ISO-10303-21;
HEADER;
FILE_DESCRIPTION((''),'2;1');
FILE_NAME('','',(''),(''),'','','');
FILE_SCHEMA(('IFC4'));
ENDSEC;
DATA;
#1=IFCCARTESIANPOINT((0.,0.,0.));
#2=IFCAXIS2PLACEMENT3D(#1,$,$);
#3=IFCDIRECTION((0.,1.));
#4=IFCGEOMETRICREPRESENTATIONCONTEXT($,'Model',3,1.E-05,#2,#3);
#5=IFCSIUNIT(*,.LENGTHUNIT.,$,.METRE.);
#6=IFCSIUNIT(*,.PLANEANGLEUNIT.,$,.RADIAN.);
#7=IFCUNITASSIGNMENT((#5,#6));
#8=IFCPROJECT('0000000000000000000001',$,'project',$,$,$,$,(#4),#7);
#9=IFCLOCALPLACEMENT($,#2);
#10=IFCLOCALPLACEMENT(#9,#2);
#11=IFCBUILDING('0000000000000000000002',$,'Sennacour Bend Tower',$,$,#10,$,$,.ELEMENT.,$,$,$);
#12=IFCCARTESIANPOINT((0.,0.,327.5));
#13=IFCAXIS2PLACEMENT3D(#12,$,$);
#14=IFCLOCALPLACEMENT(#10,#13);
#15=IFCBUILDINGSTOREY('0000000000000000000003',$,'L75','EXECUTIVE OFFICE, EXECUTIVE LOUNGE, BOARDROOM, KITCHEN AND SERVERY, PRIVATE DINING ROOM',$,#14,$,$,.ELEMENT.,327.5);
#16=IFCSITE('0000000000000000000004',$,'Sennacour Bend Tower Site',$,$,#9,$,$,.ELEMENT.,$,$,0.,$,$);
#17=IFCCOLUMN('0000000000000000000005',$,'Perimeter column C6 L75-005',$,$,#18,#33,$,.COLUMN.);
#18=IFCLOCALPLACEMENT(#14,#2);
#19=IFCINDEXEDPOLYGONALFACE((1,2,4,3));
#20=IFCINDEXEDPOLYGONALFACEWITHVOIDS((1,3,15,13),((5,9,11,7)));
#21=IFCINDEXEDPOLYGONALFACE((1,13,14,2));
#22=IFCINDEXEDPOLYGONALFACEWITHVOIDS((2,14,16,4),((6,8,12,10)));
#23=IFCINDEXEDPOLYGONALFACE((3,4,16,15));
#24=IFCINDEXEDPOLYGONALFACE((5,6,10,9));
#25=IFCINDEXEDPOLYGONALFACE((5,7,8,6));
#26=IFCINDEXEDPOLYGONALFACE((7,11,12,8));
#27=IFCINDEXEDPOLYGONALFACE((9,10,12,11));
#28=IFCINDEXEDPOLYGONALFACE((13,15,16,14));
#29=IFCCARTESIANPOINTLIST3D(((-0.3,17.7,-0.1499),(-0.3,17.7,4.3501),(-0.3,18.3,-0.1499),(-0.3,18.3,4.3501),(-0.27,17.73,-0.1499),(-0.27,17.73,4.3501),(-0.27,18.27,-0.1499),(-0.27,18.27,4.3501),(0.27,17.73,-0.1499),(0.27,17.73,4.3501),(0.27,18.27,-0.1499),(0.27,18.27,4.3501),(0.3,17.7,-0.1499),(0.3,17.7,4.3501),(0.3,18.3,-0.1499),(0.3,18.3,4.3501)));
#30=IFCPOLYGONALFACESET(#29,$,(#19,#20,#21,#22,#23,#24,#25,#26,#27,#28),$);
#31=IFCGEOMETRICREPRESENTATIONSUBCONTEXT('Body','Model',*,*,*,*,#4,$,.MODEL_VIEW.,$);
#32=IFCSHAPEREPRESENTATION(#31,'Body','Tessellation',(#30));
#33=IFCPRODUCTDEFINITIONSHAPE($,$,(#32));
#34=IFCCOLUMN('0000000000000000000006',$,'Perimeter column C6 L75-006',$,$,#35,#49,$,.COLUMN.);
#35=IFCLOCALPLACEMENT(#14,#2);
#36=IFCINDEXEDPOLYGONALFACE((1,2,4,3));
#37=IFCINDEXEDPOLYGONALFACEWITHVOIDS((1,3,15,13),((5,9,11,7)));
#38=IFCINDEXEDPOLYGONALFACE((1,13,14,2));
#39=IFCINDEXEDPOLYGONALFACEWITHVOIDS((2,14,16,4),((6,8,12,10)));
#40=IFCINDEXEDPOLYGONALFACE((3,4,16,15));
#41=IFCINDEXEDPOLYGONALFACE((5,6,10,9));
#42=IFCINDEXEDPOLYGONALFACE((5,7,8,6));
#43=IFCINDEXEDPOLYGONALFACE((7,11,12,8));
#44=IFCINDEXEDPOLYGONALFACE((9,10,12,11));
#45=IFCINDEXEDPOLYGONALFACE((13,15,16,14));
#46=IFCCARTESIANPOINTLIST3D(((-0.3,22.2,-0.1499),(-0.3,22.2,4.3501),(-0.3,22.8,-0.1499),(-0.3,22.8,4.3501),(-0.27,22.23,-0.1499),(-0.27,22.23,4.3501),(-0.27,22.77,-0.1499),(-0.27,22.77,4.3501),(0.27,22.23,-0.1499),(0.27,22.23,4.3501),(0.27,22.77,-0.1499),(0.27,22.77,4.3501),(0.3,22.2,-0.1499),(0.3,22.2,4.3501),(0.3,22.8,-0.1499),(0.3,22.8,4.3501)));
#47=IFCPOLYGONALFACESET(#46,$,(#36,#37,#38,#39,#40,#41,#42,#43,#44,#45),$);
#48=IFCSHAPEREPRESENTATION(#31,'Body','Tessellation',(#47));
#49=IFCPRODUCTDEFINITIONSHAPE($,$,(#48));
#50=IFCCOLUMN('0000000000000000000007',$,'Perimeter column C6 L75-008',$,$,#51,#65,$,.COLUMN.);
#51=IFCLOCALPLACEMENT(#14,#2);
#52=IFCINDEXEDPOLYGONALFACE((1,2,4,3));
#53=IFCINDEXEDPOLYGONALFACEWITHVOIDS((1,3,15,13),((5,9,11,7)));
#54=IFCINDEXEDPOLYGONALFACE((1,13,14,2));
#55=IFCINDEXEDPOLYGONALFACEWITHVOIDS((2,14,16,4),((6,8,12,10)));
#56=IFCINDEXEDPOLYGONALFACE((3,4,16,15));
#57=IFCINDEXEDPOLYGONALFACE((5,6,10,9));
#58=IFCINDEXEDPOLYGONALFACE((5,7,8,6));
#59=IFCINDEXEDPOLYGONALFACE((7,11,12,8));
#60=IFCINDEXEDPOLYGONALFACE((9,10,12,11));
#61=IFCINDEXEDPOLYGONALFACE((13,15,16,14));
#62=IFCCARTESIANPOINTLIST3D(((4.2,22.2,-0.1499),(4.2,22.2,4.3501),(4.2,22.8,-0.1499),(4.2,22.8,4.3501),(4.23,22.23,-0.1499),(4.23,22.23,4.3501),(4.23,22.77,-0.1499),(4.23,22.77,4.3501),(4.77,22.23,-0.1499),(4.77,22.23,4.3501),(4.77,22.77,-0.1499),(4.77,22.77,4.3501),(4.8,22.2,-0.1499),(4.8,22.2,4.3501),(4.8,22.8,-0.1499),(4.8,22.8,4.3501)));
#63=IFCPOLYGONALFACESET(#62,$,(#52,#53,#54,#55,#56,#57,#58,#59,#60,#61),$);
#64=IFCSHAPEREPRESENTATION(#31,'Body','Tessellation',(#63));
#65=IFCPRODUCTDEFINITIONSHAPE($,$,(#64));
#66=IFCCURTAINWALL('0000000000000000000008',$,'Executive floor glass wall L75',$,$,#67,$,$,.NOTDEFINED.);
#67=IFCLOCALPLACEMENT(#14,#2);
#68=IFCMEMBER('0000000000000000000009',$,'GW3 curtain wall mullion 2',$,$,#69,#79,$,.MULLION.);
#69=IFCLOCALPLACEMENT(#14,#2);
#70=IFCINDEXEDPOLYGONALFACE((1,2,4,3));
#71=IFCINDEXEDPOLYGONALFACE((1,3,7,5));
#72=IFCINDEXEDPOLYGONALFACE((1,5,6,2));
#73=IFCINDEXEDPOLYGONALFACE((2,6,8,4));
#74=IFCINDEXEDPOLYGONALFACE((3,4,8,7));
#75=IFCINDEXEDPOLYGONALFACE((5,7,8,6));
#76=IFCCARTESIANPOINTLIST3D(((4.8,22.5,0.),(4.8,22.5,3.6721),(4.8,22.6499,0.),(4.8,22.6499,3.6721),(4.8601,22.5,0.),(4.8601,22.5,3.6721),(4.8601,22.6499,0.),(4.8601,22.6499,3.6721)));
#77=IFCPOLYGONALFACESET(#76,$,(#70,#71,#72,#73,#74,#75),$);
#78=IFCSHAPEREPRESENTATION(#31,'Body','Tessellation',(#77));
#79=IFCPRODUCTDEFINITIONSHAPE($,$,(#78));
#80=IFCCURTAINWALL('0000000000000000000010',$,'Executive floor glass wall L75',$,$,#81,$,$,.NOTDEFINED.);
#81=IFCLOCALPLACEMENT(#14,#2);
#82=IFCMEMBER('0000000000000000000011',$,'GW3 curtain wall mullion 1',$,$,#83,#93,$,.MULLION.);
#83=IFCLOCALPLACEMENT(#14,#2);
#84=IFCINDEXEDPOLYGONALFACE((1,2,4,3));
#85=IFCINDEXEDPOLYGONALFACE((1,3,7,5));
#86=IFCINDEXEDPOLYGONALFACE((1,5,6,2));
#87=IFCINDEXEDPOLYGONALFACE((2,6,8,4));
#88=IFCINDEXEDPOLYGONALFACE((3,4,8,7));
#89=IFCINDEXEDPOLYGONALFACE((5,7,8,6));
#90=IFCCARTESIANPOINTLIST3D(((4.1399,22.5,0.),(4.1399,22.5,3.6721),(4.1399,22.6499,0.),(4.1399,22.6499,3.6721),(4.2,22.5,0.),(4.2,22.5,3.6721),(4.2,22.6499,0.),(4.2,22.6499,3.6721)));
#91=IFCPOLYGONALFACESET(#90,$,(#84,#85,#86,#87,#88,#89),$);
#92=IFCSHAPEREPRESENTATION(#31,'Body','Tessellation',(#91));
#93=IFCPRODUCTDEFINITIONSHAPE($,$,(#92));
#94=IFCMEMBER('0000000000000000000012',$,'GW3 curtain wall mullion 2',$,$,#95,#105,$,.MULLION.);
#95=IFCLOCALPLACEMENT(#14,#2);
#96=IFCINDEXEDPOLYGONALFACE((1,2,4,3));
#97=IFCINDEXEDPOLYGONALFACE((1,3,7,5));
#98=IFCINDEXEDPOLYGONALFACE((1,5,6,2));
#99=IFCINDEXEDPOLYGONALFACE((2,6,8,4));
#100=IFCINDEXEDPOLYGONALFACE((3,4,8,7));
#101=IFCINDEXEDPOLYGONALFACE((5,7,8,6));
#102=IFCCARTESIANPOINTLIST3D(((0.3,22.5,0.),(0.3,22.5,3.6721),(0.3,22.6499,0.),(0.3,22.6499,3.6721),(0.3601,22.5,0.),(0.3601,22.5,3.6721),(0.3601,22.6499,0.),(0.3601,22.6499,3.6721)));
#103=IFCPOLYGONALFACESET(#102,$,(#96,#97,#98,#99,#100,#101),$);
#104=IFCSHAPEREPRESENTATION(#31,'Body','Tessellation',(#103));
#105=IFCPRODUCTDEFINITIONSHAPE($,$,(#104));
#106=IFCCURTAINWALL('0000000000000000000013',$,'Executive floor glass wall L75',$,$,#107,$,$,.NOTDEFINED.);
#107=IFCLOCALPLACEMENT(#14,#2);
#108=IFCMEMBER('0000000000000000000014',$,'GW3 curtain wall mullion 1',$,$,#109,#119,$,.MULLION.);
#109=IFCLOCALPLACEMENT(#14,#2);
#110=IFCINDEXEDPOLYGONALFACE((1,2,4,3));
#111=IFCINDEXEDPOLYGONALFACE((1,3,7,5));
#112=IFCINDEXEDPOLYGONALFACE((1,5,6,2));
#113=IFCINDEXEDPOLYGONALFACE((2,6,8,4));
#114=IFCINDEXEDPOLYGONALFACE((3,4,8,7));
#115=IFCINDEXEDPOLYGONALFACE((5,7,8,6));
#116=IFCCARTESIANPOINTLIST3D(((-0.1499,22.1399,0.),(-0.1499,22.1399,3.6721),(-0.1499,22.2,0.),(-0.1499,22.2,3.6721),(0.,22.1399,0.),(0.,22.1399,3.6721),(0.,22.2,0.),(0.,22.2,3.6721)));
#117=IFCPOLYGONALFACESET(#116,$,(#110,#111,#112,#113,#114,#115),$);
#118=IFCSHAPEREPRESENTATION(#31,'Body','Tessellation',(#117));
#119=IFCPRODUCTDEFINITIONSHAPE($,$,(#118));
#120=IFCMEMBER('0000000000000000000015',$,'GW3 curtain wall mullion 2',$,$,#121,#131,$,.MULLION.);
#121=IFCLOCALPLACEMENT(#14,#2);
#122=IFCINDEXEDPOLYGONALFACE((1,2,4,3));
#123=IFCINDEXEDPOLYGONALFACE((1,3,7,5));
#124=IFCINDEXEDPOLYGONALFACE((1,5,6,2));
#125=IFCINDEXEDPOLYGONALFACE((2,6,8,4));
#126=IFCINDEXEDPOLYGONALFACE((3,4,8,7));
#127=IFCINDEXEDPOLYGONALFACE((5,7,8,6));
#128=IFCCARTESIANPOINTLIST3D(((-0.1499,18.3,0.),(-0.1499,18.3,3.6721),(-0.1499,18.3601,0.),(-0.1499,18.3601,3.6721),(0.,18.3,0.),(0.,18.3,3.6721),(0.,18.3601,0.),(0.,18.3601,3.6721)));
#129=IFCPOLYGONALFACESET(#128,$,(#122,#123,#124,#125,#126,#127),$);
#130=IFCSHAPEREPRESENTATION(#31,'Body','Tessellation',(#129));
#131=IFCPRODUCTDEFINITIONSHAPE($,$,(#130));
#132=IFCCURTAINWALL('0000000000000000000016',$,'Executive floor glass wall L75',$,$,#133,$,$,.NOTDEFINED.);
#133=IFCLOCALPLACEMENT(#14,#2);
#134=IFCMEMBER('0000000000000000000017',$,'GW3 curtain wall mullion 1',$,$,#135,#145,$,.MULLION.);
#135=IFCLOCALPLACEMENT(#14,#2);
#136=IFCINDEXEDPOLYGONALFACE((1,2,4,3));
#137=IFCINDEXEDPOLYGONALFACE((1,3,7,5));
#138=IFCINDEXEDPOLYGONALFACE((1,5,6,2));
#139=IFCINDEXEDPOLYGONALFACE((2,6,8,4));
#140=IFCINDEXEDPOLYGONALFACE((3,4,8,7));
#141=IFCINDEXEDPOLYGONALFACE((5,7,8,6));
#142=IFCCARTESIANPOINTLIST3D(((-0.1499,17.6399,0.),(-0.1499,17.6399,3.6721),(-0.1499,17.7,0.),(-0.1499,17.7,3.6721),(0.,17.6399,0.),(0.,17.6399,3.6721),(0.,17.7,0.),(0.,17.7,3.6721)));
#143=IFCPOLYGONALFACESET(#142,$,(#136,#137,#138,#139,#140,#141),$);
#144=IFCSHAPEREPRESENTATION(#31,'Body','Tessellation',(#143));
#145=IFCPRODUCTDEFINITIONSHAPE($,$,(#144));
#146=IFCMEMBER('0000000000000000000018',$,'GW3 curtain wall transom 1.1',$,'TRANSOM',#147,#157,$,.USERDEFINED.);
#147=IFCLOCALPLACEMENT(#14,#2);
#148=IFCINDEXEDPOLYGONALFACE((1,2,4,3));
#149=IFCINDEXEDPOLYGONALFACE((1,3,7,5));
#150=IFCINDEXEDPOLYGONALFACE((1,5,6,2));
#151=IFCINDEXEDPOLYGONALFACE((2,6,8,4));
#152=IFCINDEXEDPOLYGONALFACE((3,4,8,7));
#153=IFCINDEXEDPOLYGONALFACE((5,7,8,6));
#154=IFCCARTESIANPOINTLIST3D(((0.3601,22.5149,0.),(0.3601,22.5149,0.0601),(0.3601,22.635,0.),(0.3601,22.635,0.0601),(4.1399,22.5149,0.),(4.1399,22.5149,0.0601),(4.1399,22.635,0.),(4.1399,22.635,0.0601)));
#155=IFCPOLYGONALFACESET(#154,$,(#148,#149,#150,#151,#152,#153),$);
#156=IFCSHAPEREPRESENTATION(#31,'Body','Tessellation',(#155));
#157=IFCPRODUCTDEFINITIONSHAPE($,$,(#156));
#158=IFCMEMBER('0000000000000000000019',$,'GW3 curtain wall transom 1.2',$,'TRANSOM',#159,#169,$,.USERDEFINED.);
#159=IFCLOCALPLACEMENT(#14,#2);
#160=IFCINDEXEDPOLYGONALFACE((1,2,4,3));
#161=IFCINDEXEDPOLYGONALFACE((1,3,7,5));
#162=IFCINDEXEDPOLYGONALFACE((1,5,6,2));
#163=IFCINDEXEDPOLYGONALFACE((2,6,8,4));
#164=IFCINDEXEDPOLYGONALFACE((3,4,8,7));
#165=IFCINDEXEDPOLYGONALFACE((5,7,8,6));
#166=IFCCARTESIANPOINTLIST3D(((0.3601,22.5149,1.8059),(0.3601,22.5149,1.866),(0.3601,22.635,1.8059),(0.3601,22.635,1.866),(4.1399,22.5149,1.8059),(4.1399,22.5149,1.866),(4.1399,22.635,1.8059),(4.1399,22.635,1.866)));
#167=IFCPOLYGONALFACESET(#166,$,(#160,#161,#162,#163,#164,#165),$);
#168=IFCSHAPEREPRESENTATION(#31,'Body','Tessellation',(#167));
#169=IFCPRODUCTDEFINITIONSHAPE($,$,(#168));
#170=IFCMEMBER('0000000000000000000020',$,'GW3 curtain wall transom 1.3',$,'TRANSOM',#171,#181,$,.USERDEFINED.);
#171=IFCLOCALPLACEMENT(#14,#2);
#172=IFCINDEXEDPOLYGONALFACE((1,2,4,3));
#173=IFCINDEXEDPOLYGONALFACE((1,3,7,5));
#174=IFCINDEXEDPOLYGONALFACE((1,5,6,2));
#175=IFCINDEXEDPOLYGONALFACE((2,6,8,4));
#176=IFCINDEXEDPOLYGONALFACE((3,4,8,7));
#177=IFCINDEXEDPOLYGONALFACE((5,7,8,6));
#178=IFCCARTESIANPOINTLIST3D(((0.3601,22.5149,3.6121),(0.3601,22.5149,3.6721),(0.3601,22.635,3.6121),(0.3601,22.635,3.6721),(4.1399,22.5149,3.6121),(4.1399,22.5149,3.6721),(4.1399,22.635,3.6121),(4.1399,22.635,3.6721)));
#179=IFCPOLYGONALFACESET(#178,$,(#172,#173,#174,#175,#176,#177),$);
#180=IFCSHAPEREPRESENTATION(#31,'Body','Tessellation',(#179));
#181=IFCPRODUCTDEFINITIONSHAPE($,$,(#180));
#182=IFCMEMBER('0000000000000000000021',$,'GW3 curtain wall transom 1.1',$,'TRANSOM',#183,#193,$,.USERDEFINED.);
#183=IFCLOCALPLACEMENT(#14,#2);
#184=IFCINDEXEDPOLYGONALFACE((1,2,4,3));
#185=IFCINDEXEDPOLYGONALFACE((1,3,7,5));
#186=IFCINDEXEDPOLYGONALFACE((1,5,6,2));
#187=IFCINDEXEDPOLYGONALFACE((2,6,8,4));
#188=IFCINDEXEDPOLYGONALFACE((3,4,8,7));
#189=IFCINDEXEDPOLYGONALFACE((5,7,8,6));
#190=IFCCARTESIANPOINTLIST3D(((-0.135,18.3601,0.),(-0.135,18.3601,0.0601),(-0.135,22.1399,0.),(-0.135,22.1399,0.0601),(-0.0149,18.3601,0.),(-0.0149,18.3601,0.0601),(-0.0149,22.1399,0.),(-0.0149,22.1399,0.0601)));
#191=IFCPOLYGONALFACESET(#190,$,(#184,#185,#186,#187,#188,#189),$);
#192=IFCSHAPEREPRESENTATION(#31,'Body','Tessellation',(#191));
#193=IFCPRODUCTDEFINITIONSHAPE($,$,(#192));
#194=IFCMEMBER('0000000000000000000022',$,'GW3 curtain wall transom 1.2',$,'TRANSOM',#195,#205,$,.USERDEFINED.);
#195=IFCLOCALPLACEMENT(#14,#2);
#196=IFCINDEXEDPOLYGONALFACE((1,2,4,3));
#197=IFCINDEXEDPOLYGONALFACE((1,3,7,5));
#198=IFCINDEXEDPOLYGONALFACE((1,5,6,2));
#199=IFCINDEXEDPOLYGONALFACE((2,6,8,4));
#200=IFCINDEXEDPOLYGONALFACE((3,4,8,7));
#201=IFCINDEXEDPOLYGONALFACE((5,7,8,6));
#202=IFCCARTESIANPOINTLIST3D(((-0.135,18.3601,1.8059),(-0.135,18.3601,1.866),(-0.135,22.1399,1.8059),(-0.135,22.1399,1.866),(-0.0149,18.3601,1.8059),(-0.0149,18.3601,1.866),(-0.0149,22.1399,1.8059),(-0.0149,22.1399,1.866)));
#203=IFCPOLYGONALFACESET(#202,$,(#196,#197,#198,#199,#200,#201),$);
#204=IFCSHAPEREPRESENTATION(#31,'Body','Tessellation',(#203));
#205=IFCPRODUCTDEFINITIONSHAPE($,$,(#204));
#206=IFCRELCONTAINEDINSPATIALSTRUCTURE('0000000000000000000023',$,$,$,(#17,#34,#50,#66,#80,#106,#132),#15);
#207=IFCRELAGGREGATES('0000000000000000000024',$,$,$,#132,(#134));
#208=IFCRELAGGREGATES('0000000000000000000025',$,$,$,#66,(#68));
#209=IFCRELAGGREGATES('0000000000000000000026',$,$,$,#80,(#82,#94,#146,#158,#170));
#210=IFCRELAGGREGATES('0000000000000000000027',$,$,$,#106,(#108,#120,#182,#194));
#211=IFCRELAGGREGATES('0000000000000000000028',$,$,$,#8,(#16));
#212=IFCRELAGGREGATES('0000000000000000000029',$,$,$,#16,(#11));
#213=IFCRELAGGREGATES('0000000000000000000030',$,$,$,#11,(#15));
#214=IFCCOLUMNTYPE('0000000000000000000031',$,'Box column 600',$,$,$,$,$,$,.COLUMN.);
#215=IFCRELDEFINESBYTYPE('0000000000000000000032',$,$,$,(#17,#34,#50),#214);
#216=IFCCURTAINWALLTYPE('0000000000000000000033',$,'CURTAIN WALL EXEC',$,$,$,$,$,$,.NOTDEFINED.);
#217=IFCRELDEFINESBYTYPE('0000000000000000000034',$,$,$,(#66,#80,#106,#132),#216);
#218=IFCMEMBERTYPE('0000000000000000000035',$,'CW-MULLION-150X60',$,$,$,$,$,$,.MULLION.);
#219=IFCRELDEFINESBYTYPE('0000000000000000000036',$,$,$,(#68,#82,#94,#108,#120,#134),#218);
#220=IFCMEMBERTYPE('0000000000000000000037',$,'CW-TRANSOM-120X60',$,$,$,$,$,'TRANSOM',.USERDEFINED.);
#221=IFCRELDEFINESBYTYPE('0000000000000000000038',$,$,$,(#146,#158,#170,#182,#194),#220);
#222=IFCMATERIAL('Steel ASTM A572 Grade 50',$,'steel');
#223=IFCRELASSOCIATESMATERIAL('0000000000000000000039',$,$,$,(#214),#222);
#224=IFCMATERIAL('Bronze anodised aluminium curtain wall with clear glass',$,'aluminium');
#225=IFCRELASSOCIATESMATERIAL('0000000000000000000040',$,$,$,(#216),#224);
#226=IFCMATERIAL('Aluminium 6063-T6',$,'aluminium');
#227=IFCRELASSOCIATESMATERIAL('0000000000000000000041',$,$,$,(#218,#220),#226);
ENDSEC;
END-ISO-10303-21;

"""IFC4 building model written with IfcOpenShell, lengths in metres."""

from ifc_helpers import new_model, si_unit, direction, frame, origin, origin_2d, place, context, subcontext, project, spatial, rectangle, hollow_rectangle, extrude, material, material_profile, profile_set, type_object, element, aggregate, save


model = new_model("IFC4")

# Units and contexts
model_context = context("Model", 3, precision=1e-05, world=origin(), true_north=direction((0.0, 1.0)))
body_context = subcontext(model_context, "Body", "Model", "MODEL_VIEW")
ifc_project = project(units=[si_unit("LENGTHUNIT", "METRE"), si_unit("PLANEANGLEUNIT", "RADIAN")], contexts=[model_context])

# Site, building, storey
site_placement = place(None, origin())
site = spatial("IfcSite", under=ifc_project, at=site_placement, Name="Sennacour Bend Tower Site", CompositionType="ELEMENT", RefElevation=0.0)
building_placement = place(site_placement, origin())
building = spatial("IfcBuilding", under=site, at=building_placement, Name="Sennacour Bend Tower", CompositionType="ELEMENT")
storey_placement = place(building_placement, frame((0.0, 0.0, 327.5)))
storey = spatial("IfcBuildingStorey", under=building, at=storey_placement, Name="L75", Description="EXECUTIVE OFFICE, EXECUTIVE LOUNGE, BOARDROOM, KITCHEN AND SERVERY, PRIVATE DINING ROOM", CompositionType="ELEMENT", Elevation=327.5)

# Columns
ifc_material_1 = material(Name="Steel ASTM A572 Grade 50", Category="steel")
ifc_material_profile_1 = material_profile(ifc_material_1, hollow_rectangle(XDim=0.6001, YDim=0.6001, WallThickness=0.03, at=origin_2d()), Name="Steel ASTM A572 Grade 50", Category="steel")
ifc_profile_set_1 = profile_set([ifc_material_profile_1], Name="Steel ASTM A572 Grade 50")
column_type = type_object("IfcColumnType", Name="Box column 600", PredefinedType="COLUMN", material=ifc_profile_set_1)
for number, where, z_axis, x_axis, name in (
    (1, (0.0, 18.0, -0.1499), (0.0, 0.0, 1.0), (1.0, 0.0, 0.0), "Perimeter column C6 L75-005"),
    (2, (0.0, 22.5, -0.1499), (0.0, 0.0, 1.0), (1.0, 0.0, 0.0), "Perimeter column C6 L75-006"),
    (3, (4.5, 22.5, -0.1499), (0.0, 0.0, 1.0), (1.0, 0.0, 0.0), "Perimeter column C6 L75-008"),
):
    element("IfcColumn", number, at=place(storey_placement, frame(where, z_axis=z_axis, x_axis=x_axis)), inside=storey, type_object=column_type, Name=name, PredefinedType="COLUMN", context=body_context, shape_type="SweptSolid", body=[
        extrude(hollow_rectangle(XDim=0.6001, YDim=0.6001, WallThickness=0.03, at=origin_2d()), origin(), (0.0, 0.0, 1.0), 4.5),
    ])

# Curtain wall, member
ifc_material_2 = material(Name="Bronze anodised aluminium curtain wall with clear glass", Category="aluminium")
curtain_wall_type = type_object("IfcCurtainWallType", Name="CURTAIN WALL EXEC", PredefinedType="NOTDEFINED", material=ifc_material_2)
curtain_wall_1_placement = place(storey_placement, origin())
curtain_wall_1 = element("IfcCurtainWall", 4, at=curtain_wall_1_placement, inside=storey, type_object=curtain_wall_type, Name="Executive floor glass wall L75", PredefinedType="NOTDEFINED")
ifc_material_3 = material(Name="Aluminium 6063-T6", Category="aluminium")
ifc_material_profile_2 = material_profile(ifc_material_3, rectangle(XDim=0.1499, YDim=0.0601, at=origin_2d()), Name="Aluminium 6063-T6", Category="aluminium")
ifc_profile_set_2 = profile_set([ifc_material_profile_2], Name="Aluminium 6063-T6")
member_type_1 = type_object("IfcMemberType", Name="CW-MULLION-150X60", PredefinedType="MULLION", material=ifc_profile_set_2)
member_1_placement = place(storey_placement, frame((4.8301, 22.575, 0.0), z_axis=(0.0, 0.0, 1.0), x_axis=(0.0, -1.0, 0.0)))
member_1 = element("IfcMember", 5, at=member_1_placement, type_object=member_type_1, Name="GW3 curtain wall mullion 2", PredefinedType="MULLION", context=body_context, shape_type="SweptSolid", body=[
    extrude(rectangle(XDim=0.1499, YDim=0.0601, at=origin_2d()), origin(), (0.0, 0.0, 1.0), 3.6721),
])

# Curtain walls, members
curtain_wall_2_placement = place(storey_placement, origin())
curtain_wall_2 = element("IfcCurtainWall", 6, at=curtain_wall_2_placement, inside=storey, type_object=curtain_wall_type, Name="Executive floor glass wall L75", PredefinedType="NOTDEFINED")
member_2_placement = place(storey_placement, frame((4.1699, 22.575, 0.0), z_axis=(0.0, 0.0, 1.0), x_axis=(0.0, -1.0, 0.0)))
member_2 = element("IfcMember", 7, at=member_2_placement, type_object=member_type_1, Name="GW3 curtain wall mullion 1", PredefinedType="MULLION", context=body_context, shape_type="SweptSolid", body=[
    extrude(rectangle(XDim=0.1499, YDim=0.0601, at=origin_2d()), origin(), (0.0, 0.0, 1.0), 3.6721),
])
member_3_placement = place(storey_placement, frame((0.3301, 22.575, 0.0), z_axis=(0.0, 0.0, 1.0), x_axis=(0.0, -1.0, 0.0)))
member_3 = element("IfcMember", 8, at=member_3_placement, type_object=member_type_1, Name="GW3 curtain wall mullion 2", PredefinedType="MULLION", context=body_context, shape_type="SweptSolid", body=[
    extrude(rectangle(XDim=0.1499, YDim=0.0601, at=origin_2d()), origin(), (0.0, 0.0, 1.0), 3.6721),
])
curtain_wall_3_placement = place(storey_placement, origin())
curtain_wall_3 = element("IfcCurtainWall", 9, at=curtain_wall_3_placement, inside=storey, type_object=curtain_wall_type, Name="Executive floor glass wall L75", PredefinedType="NOTDEFINED")
member_4_placement = place(storey_placement, frame((-0.075, 22.1699, 0.0), z_axis=(0.0, 0.0, 1.0), x_axis=(1.0, 0.0, 0.0)))
member_4 = element("IfcMember", 10, at=member_4_placement, type_object=member_type_1, Name="GW3 curtain wall mullion 1", PredefinedType="MULLION", context=body_context, shape_type="SweptSolid", body=[
    extrude(rectangle(XDim=0.1499, YDim=0.0601, at=origin_2d()), origin(), (0.0, 0.0, 1.0), 3.6721),
])
member_5_placement = place(storey_placement, frame((-0.075, 18.3301, 0.0), z_axis=(0.0, 0.0, 1.0), x_axis=(1.0, 0.0, 0.0)))
member_5 = element("IfcMember", 11, at=member_5_placement, type_object=member_type_1, Name="GW3 curtain wall mullion 2", PredefinedType="MULLION", context=body_context, shape_type="SweptSolid", body=[
    extrude(rectangle(XDim=0.1499, YDim=0.0601, at=origin_2d()), origin(), (0.0, 0.0, 1.0), 3.6721),
])

# Curtain wall, member
curtain_wall_4_placement = place(storey_placement, origin())
curtain_wall_4 = element("IfcCurtainWall", 12, at=curtain_wall_4_placement, inside=storey, type_object=curtain_wall_type, Name="Executive floor glass wall L75", PredefinedType="NOTDEFINED")
member_6_placement = place(storey_placement, frame((-0.075, 17.6699, 0.0), z_axis=(0.0, 0.0, 1.0), x_axis=(1.0, 0.0, 0.0)))
member_6 = element("IfcMember", 13, at=member_6_placement, type_object=member_type_1, Name="GW3 curtain wall mullion 1", PredefinedType="MULLION", context=body_context, shape_type="SweptSolid", body=[
    extrude(rectangle(XDim=0.1499, YDim=0.0601, at=origin_2d()), origin(), (0.0, 0.0, 1.0), 3.6721),
])

# Members
ifc_material_profile_3 = material_profile(ifc_material_3, rectangle(XDim=0.1201, YDim=0.0601, at=origin_2d()), Name="Aluminium 6063-T6", Category="aluminium")
ifc_profile_set_3 = profile_set([ifc_material_profile_3], Name="Aluminium 6063-T6")
member_type_2 = type_object("IfcMemberType", Name="CW-TRANSOM-120X60", ElementType="TRANSOM", PredefinedType="USERDEFINED", material=ifc_profile_set_3)
member_7_placement = place(storey_placement, frame((4.1399, 22.575, 0.03), z_axis=(-1.0, 0.0, 0.0), x_axis=(0.0, -1.0, 0.0)))
member_7 = element("IfcMember", 14, at=member_7_placement, type_object=member_type_2, Name="GW3 curtain wall transom 1.1", ObjectType="TRANSOM", PredefinedType="USERDEFINED", context=body_context, shape_type="SweptSolid", body=[
    extrude(rectangle(XDim=0.1201, YDim=0.0601, at=origin_2d()), origin(), (0.0, 0.0, 1.0), 3.7798),
])
member_8_placement = place(storey_placement, frame((4.1399, 22.575, 1.8359), z_axis=(-1.0, 0.0, 0.0), x_axis=(0.0, -1.0, 0.0)))
member_8 = element("IfcMember", 15, at=member_8_placement, type_object=member_type_2, Name="GW3 curtain wall transom 1.2", ObjectType="TRANSOM", PredefinedType="USERDEFINED", context=body_context, shape_type="SweptSolid", body=[
    extrude(rectangle(XDim=0.1201, YDim=0.0601, at=origin_2d()), origin(), (0.0, 0.0, 1.0), 3.7798),
])
member_9_placement = place(storey_placement, frame((4.1399, 22.575, 3.6421), z_axis=(-1.0, 0.0, 0.0), x_axis=(0.0, -1.0, 0.0)))
member_9 = element("IfcMember", 16, at=member_9_placement, type_object=member_type_2, Name="GW3 curtain wall transom 1.3", ObjectType="TRANSOM", PredefinedType="USERDEFINED", context=body_context, shape_type="SweptSolid", body=[
    extrude(rectangle(XDim=0.1201, YDim=0.0601, at=origin_2d()), origin(), (0.0, 0.0, 1.0), 3.7798),
])
member_10_placement = place(storey_placement, frame((-0.075, 22.1399, 0.03), z_axis=(0.0, -1.0, 0.0), x_axis=(1.0, 0.0, 0.0)))
member_10 = element("IfcMember", 17, at=member_10_placement, type_object=member_type_2, Name="GW3 curtain wall transom 1.1", ObjectType="TRANSOM", PredefinedType="USERDEFINED", context=body_context, shape_type="SweptSolid", body=[
    extrude(rectangle(XDim=0.1201, YDim=0.0601, at=origin_2d()), origin(), (0.0, 0.0, 1.0), 3.7798),
])
member_11_placement = place(storey_placement, frame((-0.075, 22.1399, 1.8359), z_axis=(0.0, -1.0, 0.0), x_axis=(1.0, 0.0, 0.0)))
member_11 = element("IfcMember", 18, at=member_11_placement, type_object=member_type_2, Name="GW3 curtain wall transom 1.2", ObjectType="TRANSOM", PredefinedType="USERDEFINED", context=body_context, shape_type="SweptSolid", body=[
    extrude(rectangle(XDim=0.1201, YDim=0.0601, at=origin_2d()), origin(), (0.0, 0.0, 1.0), 3.7798),
])
aggregate(curtain_wall_4, [member_6])

aggregate(curtain_wall_1, [member_1])
aggregate(curtain_wall_2, [member_2, member_3, member_7, member_8, member_9])
aggregate(curtain_wall_3, [member_4, member_5, member_10, member_11])

save(model, "model.ifc")
